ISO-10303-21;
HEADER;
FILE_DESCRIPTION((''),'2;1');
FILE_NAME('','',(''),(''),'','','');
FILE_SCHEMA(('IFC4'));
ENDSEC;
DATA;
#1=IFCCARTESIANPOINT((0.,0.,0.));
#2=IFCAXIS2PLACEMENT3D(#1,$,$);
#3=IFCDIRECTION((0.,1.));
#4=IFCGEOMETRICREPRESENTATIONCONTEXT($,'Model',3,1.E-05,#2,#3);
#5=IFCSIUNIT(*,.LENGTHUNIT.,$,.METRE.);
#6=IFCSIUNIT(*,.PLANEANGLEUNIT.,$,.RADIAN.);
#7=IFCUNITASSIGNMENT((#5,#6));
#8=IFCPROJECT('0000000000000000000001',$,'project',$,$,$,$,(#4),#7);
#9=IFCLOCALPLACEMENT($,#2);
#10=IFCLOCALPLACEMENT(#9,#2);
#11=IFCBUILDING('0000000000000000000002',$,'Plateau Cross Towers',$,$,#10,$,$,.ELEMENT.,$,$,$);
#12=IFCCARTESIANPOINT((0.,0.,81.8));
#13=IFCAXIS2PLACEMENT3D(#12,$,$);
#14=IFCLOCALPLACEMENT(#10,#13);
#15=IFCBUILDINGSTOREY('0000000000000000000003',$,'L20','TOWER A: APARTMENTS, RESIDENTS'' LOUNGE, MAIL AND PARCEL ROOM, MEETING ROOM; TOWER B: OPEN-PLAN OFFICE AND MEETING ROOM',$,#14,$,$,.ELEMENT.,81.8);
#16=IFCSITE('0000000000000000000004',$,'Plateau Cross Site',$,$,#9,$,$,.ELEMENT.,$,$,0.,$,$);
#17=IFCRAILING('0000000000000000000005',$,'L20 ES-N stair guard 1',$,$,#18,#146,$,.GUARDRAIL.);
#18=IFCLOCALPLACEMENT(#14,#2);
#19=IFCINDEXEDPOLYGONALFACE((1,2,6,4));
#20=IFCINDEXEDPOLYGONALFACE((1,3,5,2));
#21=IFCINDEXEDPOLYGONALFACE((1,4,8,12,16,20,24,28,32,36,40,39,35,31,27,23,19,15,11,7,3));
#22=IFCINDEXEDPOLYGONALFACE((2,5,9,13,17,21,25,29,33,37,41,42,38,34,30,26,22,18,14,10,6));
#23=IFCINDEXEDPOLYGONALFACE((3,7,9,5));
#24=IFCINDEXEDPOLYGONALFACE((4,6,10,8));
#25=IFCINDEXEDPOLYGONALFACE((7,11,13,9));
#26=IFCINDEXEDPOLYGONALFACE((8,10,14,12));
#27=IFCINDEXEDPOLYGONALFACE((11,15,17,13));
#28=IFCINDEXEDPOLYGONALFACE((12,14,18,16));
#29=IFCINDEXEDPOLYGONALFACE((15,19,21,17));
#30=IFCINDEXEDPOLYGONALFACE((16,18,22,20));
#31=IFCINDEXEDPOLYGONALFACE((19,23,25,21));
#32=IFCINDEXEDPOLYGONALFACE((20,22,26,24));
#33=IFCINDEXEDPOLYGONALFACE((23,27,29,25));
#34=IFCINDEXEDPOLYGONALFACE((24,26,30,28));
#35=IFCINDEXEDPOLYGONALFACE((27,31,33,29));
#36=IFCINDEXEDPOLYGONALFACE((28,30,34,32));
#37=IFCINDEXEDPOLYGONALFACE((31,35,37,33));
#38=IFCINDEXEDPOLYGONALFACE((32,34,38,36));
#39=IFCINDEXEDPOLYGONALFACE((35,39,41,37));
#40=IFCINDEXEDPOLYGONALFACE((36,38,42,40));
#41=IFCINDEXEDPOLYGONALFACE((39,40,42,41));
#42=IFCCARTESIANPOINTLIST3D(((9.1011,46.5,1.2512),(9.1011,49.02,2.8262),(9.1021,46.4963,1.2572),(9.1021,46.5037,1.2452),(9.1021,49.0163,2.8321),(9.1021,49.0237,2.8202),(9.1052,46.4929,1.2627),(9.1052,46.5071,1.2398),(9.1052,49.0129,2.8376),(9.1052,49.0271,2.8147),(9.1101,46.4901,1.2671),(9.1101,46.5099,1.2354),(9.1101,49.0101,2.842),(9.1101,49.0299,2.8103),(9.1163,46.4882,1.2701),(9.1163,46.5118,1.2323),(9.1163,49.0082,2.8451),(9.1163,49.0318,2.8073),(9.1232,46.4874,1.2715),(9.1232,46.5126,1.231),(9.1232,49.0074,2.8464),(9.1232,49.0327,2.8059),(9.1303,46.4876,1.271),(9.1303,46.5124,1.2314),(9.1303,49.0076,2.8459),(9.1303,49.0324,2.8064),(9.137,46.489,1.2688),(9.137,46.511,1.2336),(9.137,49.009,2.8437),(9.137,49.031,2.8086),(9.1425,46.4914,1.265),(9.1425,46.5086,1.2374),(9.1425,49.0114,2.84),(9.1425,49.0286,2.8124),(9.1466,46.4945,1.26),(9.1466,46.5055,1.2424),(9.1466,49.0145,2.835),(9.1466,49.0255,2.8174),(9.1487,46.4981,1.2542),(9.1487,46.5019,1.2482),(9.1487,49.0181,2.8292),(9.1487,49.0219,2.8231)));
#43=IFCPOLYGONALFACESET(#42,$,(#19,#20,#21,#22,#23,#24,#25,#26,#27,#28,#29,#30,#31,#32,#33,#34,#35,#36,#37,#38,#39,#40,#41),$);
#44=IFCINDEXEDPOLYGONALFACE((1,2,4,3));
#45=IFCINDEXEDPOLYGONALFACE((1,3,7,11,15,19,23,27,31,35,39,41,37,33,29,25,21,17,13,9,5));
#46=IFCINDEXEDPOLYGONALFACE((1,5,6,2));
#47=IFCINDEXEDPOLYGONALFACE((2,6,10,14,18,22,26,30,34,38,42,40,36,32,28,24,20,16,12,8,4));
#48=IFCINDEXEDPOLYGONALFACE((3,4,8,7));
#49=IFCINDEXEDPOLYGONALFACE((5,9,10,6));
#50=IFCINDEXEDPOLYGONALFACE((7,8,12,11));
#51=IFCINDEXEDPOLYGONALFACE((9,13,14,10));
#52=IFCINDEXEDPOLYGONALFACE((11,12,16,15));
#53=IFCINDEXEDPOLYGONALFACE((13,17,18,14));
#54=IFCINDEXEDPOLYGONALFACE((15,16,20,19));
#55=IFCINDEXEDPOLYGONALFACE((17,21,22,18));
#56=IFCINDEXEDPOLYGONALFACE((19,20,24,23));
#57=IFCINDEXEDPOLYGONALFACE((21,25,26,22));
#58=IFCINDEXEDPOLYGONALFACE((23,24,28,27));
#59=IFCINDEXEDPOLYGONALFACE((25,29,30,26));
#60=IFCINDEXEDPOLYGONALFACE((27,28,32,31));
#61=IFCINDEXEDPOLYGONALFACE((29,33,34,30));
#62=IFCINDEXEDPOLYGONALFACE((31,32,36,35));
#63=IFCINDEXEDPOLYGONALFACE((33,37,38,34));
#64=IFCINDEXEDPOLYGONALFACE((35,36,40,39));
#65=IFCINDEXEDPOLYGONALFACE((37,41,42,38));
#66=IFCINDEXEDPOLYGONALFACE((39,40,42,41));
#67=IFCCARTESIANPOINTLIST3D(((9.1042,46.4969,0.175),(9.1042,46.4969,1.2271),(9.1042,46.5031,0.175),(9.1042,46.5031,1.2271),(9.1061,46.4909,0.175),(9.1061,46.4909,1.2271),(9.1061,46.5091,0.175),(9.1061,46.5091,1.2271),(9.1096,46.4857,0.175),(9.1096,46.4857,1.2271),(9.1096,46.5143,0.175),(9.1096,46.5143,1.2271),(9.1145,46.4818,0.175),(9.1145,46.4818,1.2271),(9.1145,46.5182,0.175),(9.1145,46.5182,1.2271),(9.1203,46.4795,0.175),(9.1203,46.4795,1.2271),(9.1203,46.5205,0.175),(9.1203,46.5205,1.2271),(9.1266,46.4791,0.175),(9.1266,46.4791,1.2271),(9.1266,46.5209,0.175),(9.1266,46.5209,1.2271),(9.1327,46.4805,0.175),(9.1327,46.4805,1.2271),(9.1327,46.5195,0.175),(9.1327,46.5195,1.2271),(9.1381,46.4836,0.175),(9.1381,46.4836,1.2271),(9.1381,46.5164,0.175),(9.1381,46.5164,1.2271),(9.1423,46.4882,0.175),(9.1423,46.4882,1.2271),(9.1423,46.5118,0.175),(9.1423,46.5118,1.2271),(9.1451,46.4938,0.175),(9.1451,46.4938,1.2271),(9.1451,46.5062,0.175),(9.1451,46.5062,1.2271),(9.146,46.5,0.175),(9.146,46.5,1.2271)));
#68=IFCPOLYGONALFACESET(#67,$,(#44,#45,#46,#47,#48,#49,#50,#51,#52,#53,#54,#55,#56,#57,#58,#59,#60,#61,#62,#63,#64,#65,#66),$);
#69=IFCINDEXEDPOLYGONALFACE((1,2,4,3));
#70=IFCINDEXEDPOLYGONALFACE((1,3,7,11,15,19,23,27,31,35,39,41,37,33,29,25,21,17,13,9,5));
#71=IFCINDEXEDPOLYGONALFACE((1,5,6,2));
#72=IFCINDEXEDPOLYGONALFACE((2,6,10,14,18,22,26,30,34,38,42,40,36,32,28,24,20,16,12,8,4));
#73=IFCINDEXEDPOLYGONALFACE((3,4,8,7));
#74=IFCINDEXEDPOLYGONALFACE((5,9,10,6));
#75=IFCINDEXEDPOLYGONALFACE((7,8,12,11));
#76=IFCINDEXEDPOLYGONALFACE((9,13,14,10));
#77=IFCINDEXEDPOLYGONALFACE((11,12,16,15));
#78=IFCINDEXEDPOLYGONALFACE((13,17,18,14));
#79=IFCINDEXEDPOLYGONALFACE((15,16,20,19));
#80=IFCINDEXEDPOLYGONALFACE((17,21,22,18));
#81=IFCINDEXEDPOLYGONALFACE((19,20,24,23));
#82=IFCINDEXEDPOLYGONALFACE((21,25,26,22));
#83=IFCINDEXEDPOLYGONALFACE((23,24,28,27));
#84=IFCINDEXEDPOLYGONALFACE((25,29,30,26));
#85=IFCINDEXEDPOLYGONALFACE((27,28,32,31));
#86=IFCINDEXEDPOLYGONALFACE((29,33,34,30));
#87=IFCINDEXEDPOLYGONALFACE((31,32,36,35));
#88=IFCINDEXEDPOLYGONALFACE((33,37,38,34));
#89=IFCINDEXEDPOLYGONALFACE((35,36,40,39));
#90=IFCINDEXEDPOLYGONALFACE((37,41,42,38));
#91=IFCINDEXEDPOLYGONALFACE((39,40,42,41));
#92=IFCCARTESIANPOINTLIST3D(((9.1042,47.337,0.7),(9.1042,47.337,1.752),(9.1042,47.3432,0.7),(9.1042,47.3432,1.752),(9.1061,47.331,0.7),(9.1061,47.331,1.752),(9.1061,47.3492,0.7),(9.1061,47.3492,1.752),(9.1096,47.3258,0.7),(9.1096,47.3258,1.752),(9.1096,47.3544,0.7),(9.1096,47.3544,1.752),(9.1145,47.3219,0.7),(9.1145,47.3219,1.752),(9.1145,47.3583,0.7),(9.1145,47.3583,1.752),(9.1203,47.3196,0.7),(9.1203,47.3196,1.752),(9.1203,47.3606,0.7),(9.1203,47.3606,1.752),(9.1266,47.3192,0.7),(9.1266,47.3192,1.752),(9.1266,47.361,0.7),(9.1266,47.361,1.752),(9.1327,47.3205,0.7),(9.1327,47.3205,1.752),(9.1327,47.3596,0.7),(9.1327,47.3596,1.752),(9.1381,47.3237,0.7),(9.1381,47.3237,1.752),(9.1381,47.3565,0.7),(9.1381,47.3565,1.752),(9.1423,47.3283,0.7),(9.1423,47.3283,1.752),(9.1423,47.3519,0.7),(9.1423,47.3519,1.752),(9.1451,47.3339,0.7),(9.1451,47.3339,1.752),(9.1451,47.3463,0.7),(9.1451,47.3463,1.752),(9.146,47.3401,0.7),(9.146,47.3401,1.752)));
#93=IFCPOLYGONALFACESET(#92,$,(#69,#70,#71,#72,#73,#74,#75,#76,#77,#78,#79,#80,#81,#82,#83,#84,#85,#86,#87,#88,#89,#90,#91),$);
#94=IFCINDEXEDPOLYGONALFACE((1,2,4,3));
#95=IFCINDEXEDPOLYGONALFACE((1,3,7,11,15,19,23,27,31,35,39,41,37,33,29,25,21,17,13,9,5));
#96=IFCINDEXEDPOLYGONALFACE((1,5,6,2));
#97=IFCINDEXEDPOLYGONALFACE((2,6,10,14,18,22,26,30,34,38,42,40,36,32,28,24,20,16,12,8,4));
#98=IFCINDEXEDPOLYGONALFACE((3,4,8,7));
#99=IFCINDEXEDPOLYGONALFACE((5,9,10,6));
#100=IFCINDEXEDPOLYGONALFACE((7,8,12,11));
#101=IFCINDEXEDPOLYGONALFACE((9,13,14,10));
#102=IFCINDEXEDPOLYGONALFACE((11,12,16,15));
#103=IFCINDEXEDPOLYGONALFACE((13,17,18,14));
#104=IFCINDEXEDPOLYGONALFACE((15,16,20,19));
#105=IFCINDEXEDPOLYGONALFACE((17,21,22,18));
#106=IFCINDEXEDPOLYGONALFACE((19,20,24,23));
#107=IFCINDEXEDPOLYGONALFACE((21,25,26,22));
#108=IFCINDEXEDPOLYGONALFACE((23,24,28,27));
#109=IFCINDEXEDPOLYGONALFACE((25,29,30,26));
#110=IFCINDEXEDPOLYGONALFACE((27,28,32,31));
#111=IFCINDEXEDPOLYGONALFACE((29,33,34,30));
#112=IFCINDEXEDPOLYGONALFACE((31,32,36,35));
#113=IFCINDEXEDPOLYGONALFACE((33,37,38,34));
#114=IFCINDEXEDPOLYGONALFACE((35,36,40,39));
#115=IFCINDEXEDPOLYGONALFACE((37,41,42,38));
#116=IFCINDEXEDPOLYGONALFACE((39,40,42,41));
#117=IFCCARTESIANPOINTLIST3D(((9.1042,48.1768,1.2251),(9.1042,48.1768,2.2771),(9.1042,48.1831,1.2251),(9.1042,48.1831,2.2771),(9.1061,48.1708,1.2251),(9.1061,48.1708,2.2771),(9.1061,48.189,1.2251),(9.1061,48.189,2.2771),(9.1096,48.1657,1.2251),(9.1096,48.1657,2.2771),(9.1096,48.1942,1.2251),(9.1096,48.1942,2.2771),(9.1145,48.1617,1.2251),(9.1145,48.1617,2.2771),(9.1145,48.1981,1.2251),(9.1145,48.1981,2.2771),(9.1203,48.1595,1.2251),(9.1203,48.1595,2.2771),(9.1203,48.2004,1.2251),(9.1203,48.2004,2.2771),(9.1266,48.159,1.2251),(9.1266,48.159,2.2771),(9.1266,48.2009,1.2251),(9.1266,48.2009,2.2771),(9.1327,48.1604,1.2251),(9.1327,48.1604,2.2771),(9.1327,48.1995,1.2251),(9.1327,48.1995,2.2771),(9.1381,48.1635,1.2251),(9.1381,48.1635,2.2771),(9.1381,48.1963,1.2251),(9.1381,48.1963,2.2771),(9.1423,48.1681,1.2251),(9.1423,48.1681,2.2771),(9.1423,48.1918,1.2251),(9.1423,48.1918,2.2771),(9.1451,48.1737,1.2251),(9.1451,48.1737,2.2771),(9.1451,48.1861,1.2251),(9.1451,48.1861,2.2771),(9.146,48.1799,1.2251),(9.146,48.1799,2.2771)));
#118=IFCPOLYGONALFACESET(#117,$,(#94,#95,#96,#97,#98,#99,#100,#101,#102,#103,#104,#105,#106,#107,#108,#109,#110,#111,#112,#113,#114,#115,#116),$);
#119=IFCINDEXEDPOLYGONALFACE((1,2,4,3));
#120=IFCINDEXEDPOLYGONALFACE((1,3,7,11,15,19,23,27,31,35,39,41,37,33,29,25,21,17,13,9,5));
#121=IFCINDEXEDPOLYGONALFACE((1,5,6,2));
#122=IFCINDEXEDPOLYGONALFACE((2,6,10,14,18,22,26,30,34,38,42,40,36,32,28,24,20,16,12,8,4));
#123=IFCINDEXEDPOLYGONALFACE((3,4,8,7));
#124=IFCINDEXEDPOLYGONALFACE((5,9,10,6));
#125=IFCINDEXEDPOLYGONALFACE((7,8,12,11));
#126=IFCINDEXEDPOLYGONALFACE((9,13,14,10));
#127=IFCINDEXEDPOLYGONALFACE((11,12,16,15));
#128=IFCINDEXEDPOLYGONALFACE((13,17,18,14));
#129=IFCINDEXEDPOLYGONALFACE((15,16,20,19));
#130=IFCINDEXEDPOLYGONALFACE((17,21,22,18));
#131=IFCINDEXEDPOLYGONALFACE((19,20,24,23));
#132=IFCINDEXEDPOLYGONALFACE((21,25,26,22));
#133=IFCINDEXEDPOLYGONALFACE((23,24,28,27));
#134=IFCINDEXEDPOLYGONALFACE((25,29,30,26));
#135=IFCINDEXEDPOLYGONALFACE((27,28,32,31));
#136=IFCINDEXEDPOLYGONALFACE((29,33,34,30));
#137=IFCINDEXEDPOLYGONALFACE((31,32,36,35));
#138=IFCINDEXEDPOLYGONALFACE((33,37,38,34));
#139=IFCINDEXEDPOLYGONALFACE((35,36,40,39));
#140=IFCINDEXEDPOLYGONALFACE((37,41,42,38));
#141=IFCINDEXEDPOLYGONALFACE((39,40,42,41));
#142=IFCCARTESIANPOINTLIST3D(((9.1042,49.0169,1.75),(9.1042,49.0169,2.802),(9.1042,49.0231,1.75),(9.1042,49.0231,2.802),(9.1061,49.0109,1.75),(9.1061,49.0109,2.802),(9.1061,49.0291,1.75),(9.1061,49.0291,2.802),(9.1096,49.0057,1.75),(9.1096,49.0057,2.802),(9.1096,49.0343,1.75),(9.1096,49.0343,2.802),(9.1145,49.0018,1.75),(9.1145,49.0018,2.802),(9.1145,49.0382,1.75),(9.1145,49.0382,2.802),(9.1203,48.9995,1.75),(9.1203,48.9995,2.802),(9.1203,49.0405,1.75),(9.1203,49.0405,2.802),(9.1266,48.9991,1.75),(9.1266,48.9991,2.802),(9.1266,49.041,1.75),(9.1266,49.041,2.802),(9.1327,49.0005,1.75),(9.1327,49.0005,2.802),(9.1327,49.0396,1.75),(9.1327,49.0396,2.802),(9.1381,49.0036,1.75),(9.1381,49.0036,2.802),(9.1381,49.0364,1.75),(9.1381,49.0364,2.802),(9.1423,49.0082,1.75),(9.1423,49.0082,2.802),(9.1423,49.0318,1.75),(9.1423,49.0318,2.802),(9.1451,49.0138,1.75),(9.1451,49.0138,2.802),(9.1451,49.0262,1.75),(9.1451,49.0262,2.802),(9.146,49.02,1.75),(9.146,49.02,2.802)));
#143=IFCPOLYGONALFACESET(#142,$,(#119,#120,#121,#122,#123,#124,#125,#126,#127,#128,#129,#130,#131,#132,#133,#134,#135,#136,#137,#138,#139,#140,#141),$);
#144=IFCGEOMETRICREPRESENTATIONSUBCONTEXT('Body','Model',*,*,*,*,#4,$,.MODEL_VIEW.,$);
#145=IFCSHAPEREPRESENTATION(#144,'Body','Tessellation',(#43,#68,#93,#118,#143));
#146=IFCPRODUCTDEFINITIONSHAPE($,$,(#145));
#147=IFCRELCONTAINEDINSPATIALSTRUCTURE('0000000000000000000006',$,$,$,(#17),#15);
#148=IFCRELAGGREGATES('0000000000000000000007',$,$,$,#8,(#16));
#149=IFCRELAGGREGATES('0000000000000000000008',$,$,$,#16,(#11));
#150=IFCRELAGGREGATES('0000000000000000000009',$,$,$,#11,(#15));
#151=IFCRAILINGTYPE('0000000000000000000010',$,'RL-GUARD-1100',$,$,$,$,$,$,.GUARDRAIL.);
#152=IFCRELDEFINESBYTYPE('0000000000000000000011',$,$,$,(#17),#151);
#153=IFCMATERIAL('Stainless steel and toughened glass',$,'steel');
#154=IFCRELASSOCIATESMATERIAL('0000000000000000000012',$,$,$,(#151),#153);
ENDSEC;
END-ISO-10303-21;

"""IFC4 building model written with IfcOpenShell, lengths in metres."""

from ifc_helpers import new_model, si_unit, direction, frame, origin, origin_2d, place, context, subcontext, project, spatial, circle, extrude, material, type_object, element, save


model = new_model("IFC4")

# Units and contexts
model_context = context("Model", 3, precision=1e-05, world=origin(), true_north=direction((0.0, 1.0)))
body_context = subcontext(model_context, "Body", "Model", "MODEL_VIEW")
ifc_project = project(units=[si_unit("LENGTHUNIT", "METRE"), si_unit("PLANEANGLEUNIT", "RADIAN")], contexts=[model_context])

# Site, building, storey
site_placement = place(None, origin())
site = spatial("IfcSite", under=ifc_project, at=site_placement, Name="Plateau Cross Site", CompositionType="ELEMENT", RefElevation=0.0)
building_placement = place(site_placement, origin())
building = spatial("IfcBuilding", under=site, at=building_placement, Name="Plateau Cross Towers", CompositionType="ELEMENT")
storey_placement = place(building_placement, frame((0.0, 0.0, 81.8)))
storey = spatial("IfcBuildingStorey", under=building, at=storey_placement, Name="L20", Description="TOWER A: APARTMENTS, RESIDENTS' LOUNGE, MAIL AND PARCEL ROOM, MEETING ROOM; TOWER B: OPEN-PLAN OFFICE AND MEETING ROOM", CompositionType="ELEMENT", Elevation=81.8)

# Railing
ifc_material_1 = material(Name="Stainless steel and toughened glass", Category="steel")
railing_type_1 = type_object("IfcRailingType", Name="RL-GUARD-1100", PredefinedType="GUARDRAIL", material=ifc_material_1)
railing_1_placement = place(storey_placement, frame((9.125, 46.5, 0.175)))
element("IfcRailing", 1, at=railing_1_placement, inside=storey, type_object=railing_type_1, Name="L20 ES-N stair guard 1", PredefinedType="GUARDRAIL", context=body_context, shape_type="SweptSolid", body=[
    extrude(circle(Radius=0.0239, at=origin_2d()), frame((0.0, 0.0, 1.0762), z_axis=(0.0, 0.848008, 0.529984), x_axis=(-1.0, 0.0, 0.0)), (0.0, 0.0, 1.0), 2.9717),
    extrude(circle(Radius=0.021, at=origin_2d()), origin(), (0.0, 0.0, 1.0), 1.052),
    extrude(circle(Radius=0.021, at=origin_2d()), frame((0.0, 0.8401, 0.5249)), (0.0, 0.0, 1.0), 1.052),
    extrude(circle(Radius=0.021, at=origin_2d()), frame((0.0, 1.6799, 1.05)), (0.0, 0.0, 1.0), 1.052),
    extrude(circle(Radius=0.021, at=origin_2d()), frame((0.0, 2.52, 1.575)), (0.0, 0.0, 1.0), 1.052),
])

save(model, "model.ifc")
